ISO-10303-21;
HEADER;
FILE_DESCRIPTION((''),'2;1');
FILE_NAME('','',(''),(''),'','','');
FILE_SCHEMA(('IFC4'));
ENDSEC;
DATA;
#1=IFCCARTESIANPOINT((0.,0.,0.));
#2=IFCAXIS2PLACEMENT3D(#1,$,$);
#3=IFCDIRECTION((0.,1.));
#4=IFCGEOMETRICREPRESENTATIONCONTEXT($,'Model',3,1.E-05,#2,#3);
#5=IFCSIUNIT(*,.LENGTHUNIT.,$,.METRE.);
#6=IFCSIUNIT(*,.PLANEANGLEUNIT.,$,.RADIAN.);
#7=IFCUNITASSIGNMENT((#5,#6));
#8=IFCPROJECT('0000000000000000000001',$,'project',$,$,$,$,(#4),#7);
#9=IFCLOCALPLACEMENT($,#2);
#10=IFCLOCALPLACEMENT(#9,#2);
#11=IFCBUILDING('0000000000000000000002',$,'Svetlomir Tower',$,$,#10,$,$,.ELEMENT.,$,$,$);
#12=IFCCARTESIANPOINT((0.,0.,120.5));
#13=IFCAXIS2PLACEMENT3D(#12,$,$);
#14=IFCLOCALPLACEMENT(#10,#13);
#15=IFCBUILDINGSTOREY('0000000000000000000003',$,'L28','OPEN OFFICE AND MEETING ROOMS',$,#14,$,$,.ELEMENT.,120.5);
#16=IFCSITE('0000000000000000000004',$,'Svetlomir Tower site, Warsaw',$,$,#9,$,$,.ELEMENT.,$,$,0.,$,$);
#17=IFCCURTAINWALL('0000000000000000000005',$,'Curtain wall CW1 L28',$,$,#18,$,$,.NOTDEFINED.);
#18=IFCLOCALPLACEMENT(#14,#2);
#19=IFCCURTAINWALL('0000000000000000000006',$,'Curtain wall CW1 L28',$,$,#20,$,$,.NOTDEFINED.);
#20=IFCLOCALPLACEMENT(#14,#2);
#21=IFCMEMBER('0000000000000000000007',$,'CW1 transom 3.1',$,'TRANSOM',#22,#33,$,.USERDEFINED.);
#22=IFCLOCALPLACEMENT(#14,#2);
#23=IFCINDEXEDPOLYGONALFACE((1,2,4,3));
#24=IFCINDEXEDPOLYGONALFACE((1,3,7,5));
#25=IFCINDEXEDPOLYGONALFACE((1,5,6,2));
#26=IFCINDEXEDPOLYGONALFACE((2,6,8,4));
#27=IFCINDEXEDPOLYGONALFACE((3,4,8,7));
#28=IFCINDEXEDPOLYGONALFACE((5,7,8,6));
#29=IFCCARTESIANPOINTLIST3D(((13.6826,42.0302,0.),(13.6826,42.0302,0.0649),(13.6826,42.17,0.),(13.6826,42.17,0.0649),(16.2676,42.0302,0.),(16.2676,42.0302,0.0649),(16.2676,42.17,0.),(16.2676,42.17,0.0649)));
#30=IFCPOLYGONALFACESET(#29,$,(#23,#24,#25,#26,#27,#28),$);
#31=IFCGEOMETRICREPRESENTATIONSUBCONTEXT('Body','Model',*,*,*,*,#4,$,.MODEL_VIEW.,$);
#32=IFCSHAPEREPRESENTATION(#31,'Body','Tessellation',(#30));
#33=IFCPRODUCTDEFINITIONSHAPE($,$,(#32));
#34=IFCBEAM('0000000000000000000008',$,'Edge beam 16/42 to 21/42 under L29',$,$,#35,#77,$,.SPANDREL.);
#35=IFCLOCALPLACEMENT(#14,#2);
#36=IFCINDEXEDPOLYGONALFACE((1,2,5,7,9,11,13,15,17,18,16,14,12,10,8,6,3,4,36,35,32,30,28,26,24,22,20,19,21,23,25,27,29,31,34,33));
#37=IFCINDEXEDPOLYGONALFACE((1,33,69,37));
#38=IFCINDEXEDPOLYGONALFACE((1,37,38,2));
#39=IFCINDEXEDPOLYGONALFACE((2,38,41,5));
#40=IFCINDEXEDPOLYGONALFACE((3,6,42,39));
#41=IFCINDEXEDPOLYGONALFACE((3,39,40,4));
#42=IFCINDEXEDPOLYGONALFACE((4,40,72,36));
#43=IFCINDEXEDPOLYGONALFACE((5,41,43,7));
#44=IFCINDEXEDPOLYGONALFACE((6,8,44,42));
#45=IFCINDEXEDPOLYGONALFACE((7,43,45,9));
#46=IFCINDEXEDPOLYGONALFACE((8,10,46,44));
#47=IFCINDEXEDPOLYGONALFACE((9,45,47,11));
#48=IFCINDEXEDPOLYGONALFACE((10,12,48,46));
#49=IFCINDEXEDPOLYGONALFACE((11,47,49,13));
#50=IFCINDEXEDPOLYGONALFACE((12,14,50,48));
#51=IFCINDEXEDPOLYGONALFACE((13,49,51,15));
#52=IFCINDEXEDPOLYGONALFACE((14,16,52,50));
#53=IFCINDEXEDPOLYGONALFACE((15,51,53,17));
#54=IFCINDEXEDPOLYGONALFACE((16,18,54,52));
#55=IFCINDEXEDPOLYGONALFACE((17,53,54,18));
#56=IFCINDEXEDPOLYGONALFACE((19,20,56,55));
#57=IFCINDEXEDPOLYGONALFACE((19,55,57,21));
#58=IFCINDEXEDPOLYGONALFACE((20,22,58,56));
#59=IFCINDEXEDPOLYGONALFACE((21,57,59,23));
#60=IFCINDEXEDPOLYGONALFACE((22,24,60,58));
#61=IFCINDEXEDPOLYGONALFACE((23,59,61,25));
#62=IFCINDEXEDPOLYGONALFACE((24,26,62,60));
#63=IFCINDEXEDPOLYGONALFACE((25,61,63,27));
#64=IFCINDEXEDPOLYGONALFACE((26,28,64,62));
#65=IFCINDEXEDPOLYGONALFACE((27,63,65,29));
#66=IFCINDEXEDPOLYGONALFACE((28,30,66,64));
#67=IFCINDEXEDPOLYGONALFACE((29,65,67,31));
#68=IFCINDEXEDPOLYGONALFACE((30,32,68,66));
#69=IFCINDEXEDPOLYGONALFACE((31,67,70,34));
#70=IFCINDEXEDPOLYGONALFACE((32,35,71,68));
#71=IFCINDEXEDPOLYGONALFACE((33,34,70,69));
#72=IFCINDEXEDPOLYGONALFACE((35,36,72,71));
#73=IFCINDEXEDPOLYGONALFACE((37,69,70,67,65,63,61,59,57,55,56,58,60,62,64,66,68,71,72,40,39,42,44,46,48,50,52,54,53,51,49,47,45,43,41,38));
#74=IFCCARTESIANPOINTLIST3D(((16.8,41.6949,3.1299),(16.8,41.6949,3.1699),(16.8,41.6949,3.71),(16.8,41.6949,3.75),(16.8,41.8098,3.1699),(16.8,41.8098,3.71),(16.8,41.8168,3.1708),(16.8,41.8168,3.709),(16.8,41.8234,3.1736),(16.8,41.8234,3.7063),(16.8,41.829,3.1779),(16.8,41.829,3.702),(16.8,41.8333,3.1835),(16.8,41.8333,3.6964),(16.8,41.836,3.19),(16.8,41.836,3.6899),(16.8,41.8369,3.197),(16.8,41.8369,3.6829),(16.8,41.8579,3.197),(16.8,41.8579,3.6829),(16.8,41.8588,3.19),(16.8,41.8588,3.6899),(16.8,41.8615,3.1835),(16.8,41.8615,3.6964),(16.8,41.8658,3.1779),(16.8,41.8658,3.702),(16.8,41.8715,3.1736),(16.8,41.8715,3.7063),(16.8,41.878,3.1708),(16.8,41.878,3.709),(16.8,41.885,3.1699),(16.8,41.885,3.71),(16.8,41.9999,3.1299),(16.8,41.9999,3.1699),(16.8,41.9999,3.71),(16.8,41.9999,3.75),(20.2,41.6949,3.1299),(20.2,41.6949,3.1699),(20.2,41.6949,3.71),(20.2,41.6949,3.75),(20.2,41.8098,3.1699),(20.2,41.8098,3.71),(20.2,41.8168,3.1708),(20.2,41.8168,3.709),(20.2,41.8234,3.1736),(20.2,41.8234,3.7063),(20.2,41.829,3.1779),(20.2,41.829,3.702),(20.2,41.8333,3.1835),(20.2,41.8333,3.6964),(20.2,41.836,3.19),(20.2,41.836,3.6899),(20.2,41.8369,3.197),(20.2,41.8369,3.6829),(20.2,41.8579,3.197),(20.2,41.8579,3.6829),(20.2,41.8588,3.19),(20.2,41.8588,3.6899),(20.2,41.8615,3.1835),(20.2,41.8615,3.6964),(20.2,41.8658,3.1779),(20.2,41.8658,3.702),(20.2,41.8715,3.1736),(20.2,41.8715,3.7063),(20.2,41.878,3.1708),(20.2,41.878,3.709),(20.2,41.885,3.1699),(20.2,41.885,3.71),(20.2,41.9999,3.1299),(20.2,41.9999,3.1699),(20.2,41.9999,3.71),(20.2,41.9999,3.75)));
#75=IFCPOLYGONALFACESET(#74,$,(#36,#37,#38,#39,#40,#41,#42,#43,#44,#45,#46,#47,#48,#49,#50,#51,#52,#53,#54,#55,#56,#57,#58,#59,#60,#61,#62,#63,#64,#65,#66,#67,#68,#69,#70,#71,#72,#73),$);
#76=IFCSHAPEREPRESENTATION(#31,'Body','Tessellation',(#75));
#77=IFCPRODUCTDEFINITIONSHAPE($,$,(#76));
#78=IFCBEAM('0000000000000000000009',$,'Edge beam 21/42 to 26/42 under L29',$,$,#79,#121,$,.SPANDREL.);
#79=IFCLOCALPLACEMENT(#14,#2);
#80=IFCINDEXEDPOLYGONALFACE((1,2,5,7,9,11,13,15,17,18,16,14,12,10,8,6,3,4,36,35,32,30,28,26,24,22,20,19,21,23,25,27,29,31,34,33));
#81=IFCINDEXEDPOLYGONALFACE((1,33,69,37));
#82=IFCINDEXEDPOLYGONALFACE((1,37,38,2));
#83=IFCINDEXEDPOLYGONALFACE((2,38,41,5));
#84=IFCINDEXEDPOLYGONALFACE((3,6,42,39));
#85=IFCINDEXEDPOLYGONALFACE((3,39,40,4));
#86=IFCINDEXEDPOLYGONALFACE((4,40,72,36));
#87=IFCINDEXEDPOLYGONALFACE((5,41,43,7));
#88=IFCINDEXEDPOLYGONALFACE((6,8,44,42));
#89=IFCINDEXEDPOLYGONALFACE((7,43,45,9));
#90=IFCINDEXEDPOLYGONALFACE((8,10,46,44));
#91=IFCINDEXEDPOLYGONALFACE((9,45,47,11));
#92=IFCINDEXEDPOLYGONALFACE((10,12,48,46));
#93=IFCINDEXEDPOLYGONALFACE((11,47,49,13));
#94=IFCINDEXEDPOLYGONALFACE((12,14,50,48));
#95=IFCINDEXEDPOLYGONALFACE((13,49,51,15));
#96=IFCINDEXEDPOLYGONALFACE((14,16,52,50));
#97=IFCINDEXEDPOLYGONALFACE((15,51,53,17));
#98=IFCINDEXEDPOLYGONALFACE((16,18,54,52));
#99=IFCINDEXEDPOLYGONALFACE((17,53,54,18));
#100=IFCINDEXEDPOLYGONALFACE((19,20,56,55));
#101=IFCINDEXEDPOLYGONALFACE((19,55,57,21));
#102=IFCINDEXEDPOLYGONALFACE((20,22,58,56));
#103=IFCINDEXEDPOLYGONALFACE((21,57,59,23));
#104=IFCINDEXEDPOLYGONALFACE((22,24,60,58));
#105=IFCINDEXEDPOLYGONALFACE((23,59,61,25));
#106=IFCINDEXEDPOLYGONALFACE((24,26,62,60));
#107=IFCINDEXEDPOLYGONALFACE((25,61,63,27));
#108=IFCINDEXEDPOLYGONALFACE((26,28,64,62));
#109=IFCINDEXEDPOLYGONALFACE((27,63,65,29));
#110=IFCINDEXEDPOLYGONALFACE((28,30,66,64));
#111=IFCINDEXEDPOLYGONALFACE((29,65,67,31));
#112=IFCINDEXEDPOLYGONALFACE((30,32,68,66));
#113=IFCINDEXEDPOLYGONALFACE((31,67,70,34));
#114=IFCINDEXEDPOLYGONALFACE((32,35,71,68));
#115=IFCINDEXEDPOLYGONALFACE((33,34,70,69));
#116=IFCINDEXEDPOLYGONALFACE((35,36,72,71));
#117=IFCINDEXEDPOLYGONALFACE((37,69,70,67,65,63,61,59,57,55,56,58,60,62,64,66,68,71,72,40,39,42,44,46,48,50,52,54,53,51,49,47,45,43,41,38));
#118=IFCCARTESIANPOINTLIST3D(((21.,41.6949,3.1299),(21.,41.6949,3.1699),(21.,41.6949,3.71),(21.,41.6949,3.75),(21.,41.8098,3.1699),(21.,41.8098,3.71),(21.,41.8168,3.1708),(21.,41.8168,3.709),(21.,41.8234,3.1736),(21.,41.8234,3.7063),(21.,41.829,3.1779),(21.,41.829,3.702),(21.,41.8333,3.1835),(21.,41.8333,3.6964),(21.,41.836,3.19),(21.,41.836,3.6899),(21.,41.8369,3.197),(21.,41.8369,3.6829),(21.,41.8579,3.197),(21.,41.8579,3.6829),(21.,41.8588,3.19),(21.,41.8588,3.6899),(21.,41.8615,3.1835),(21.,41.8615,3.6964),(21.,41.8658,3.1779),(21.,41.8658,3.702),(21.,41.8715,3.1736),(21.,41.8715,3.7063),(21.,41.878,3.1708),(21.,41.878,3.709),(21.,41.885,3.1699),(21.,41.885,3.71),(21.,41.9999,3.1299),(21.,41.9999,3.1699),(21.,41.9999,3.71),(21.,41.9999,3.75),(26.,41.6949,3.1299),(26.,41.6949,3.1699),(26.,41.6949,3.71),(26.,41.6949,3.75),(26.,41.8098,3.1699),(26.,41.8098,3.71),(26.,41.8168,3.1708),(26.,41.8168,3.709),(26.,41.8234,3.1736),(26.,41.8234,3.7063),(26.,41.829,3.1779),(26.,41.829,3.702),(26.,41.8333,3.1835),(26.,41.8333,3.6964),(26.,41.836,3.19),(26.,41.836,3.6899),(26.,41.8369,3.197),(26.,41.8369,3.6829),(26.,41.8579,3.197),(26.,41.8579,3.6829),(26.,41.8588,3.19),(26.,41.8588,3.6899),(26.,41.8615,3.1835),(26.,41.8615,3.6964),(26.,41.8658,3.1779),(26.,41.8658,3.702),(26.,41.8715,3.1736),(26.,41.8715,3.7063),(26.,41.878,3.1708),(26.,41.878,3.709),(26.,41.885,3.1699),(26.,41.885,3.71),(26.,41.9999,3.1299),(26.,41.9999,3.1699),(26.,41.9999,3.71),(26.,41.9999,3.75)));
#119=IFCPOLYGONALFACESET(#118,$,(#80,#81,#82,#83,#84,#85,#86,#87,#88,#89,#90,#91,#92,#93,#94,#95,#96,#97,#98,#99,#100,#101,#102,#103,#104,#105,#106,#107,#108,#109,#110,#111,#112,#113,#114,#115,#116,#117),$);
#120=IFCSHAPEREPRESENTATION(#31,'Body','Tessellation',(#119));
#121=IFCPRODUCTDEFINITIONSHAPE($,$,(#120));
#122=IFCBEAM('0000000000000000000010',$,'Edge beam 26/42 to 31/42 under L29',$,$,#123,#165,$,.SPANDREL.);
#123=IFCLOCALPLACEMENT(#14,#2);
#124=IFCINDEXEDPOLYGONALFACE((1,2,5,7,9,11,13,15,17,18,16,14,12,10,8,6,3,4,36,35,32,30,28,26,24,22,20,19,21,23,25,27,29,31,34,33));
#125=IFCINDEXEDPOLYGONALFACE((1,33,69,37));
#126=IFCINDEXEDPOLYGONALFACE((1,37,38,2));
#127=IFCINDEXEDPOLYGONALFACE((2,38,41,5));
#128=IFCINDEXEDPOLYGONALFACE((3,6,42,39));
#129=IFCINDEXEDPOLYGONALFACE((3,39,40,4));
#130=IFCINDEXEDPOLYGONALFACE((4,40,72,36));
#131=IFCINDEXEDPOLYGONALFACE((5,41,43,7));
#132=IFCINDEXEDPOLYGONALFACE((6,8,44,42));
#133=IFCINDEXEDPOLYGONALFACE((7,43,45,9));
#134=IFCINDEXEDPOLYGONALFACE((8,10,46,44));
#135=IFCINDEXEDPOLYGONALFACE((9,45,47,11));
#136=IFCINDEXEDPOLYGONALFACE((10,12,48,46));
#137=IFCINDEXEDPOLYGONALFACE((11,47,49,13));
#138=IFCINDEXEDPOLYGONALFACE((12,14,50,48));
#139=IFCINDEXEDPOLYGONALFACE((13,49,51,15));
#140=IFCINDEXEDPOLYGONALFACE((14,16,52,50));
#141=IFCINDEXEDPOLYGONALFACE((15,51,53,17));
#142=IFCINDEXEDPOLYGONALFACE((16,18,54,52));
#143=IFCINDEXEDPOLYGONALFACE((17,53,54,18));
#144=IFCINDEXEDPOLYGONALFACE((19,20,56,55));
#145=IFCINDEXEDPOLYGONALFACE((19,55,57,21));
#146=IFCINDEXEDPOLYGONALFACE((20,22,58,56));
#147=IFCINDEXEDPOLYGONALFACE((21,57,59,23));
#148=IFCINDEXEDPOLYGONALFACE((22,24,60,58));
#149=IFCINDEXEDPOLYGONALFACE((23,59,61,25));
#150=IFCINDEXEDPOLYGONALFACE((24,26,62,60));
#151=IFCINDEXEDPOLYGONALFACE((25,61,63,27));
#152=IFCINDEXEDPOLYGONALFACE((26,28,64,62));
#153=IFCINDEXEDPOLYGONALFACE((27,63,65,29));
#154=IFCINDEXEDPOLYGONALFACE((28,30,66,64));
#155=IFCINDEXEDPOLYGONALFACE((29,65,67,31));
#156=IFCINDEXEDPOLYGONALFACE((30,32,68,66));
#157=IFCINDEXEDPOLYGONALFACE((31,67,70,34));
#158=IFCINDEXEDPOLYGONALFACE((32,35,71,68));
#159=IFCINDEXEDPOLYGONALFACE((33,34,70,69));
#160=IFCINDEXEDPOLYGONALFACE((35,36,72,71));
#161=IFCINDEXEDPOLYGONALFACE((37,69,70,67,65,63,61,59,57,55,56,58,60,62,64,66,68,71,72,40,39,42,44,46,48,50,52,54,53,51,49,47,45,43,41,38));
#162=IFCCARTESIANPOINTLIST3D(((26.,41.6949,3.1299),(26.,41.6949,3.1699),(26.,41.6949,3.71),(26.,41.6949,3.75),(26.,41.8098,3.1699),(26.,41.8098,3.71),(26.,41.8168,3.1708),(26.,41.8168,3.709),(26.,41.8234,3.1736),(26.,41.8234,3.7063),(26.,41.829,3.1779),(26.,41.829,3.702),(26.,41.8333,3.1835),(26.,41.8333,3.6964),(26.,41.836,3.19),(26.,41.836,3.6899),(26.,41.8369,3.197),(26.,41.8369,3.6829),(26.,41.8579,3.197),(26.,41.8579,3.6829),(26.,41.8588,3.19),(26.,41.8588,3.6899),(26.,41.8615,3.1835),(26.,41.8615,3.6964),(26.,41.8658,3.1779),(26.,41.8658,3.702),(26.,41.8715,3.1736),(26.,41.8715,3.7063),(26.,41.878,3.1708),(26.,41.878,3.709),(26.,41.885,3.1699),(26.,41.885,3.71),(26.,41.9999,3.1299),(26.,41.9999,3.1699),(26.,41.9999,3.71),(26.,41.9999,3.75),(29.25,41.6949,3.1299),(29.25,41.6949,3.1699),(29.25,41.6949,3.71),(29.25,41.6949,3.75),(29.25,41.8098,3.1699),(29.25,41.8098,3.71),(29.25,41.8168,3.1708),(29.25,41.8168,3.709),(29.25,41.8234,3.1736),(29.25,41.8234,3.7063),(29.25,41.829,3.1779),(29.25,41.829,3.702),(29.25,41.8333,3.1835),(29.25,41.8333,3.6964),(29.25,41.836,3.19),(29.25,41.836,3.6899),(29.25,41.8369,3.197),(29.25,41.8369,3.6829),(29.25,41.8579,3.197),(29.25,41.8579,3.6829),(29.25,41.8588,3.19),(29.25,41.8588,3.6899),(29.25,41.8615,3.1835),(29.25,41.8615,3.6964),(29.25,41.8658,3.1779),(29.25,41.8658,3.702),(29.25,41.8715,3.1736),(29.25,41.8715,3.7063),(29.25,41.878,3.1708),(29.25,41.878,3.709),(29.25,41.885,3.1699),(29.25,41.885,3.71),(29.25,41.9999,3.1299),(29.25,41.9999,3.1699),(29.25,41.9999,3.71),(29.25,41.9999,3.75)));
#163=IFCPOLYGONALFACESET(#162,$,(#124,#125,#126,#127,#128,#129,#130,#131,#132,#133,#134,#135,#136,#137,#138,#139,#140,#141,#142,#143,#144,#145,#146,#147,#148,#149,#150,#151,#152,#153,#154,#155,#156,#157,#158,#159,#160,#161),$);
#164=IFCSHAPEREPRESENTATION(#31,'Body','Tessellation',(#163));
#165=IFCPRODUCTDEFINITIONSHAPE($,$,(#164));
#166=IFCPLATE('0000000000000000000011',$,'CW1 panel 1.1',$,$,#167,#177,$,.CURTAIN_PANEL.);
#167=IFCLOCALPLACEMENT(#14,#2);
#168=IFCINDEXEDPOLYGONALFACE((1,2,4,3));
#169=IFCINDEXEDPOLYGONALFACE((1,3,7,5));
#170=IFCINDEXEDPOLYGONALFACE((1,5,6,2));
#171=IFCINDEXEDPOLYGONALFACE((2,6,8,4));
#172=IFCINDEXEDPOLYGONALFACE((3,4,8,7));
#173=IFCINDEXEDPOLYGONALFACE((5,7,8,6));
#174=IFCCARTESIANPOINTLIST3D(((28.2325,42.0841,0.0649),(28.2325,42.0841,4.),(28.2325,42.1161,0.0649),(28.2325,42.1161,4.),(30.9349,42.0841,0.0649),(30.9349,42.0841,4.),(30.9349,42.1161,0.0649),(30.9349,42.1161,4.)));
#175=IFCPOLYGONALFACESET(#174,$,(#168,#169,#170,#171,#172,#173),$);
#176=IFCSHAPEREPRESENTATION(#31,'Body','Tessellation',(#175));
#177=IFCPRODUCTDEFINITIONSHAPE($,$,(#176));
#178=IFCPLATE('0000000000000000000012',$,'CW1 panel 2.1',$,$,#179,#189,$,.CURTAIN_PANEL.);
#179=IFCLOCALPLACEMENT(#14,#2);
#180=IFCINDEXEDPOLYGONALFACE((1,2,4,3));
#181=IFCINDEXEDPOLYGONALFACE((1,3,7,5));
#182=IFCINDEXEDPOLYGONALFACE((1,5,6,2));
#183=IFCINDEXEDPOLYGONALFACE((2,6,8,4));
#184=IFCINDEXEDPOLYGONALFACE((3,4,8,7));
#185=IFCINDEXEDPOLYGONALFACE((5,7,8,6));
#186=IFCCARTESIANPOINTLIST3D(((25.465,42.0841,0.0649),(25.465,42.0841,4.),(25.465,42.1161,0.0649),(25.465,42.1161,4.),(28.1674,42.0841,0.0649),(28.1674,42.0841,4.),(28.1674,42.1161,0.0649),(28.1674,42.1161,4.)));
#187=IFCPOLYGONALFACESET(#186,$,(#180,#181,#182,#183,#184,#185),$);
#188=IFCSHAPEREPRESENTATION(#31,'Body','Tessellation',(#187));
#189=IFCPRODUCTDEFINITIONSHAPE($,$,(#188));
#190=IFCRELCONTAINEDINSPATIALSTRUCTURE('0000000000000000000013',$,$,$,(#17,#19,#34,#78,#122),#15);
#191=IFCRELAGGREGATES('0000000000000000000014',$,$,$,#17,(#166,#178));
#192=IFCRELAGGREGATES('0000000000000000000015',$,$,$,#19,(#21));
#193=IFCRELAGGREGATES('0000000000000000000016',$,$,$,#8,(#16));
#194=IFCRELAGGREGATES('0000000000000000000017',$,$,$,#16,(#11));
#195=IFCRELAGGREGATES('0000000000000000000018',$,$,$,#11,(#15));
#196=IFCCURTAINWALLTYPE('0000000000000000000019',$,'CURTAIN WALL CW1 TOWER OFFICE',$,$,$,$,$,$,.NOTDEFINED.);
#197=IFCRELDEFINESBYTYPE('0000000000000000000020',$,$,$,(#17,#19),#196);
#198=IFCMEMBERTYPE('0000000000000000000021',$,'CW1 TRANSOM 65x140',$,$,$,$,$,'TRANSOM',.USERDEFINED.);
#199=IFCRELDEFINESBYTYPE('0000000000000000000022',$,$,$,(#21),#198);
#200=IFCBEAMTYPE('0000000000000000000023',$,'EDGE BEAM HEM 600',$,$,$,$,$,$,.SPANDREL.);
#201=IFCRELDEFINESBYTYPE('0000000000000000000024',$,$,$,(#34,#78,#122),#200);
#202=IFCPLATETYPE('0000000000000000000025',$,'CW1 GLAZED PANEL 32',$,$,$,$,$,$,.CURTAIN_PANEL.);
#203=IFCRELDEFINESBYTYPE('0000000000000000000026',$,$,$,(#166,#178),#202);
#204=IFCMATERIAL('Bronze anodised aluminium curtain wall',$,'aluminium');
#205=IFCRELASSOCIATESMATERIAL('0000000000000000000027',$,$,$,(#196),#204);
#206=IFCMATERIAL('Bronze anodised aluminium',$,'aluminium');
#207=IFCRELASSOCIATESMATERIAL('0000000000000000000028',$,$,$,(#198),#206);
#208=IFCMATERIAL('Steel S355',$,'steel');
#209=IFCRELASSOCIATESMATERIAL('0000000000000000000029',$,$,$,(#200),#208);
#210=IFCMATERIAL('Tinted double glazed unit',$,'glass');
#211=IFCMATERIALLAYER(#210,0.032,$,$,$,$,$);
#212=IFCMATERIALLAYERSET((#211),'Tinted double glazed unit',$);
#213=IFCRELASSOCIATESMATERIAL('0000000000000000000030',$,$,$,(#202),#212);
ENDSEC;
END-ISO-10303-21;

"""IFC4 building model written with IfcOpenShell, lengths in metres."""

from ifc_helpers import new_model, si_unit, direction, frame, origin, origin_2d, place, context, subcontext, project, spatial, rectangle, i_section, extrude, material, layer, layer_set, material_profile, profile_set, type_object, element, aggregate, save


model = new_model("IFC4")

# Units and contexts
model_context = context("Model", 3, precision=1e-05, world=origin(), true_north=direction((0.0, 1.0)))
body_context = subcontext(model_context, "Body", "Model", "MODEL_VIEW")
ifc_project = project(units=[si_unit("LENGTHUNIT", "METRE"), si_unit("PLANEANGLEUNIT", "RADIAN")], contexts=[model_context])

# Site, building, storey
site_placement = place(None, origin())
site = spatial("IfcSite", under=ifc_project, at=site_placement, Name="Svetlomir Tower site, Warsaw", CompositionType="ELEMENT", RefElevation=0.0)
building_placement = place(site_placement, origin())
building = spatial("IfcBuilding", under=site, at=building_placement, Name="Svetlomir Tower", CompositionType="ELEMENT")
storey_placement = place(building_placement, frame((0.0, 0.0, 120.5)))
storey = spatial("IfcBuildingStorey", under=building, at=storey_placement, Name="L28", Description="OPEN OFFICE AND MEETING ROOMS", CompositionType="ELEMENT", Elevation=120.5)

# Curtain walls
ifc_material_1 = material(Name="Bronze anodised aluminium curtain wall", Category="aluminium")
curtain_wall_type = type_object("IfcCurtainWallType", Name="CURTAIN WALL CW1 TOWER OFFICE", PredefinedType="NOTDEFINED", material=ifc_material_1)
curtain_wall_1_placement = place(storey_placement, origin())
curtain_wall_1 = element("IfcCurtainWall", 1, at=curtain_wall_1_placement, inside=storey, type_object=curtain_wall_type, Name="Curtain wall CW1 L28", PredefinedType="NOTDEFINED")
curtain_wall_2_placement = place(storey_placement, origin())
curtain_wall_2 = element("IfcCurtainWall", 2, at=curtain_wall_2_placement, inside=storey, type_object=curtain_wall_type, Name="Curtain wall CW1 L28", PredefinedType="NOTDEFINED")

# Member
ifc_material_2 = material(Name="Bronze anodised aluminium", Category="aluminium")
ifc_material_profile_1 = material_profile(ifc_material_2, rectangle(XDim=0.1399, YDim=0.0649, at=origin_2d()), Name="AL 140x65")
ifc_profile_set_1 = profile_set([ifc_material_profile_1], Name="Bronze anodised aluminium 6063-T6")
member_type_1 = type_object("IfcMemberType", Name="CW1 TRANSOM 65x140", ElementType="TRANSOM", PredefinedType="USERDEFINED", material=ifc_profile_set_1)
member_1_placement = place(storey_placement, frame((16.2676, 42.1001, 0.0325), z_axis=(-1.0, 0.0, 0.0), x_axis=(0.0, -1.0, 0.0)))
member_1 = element("IfcMember", 3, at=member_1_placement, type_object=member_type_1, Name="CW1 transom 3.1", ObjectType="TRANSOM", PredefinedType="USERDEFINED", context=body_context, shape_type="SweptSolid", body=[
    extrude(rectangle(XDim=0.1399, YDim=0.0649, at=origin_2d()), origin(), (0.0, 0.0, 1.0), 2.585),
])

# Beams
ifc_material_3 = material(Name="Steel S355", Category="steel")
ifc_material_profile_2 = material_profile(ifc_material_3, i_section(OverallWidth=0.3049, OverallDepth=0.6201, WebThickness=0.021, FlangeThickness=0.04, FilletRadius=0.0271, at=origin_2d()), Name="HEM 600")
ifc_profile_set_2 = profile_set([ifc_material_profile_2], Name="Steel S355")
beam_type_1 = type_object("IfcBeamType", Name="EDGE BEAM HEM 600", PredefinedType="SPANDREL", material=ifc_profile_set_2)
beam_1_placement = place(storey_placement, frame((16.8, 41.8474, 3.4399), z_axis=(1.0, 0.0, 0.0), x_axis=(0.0, 1.0, 0.0)))
element("IfcBeam", 4, at=beam_1_placement, inside=storey, type_object=beam_type_1, Name="Edge beam 16/42 to 21/42 under L29", PredefinedType="SPANDREL", context=body_context, shape_type="SweptSolid", body=[
    extrude(i_section(OverallWidth=0.3049, OverallDepth=0.6201, WebThickness=0.021, FlangeThickness=0.04, FilletRadius=0.0271, at=origin_2d()), origin(), (0.0, 0.0, 1.0), 3.3999),
])
beam_2_placement = place(storey_placement, frame((21.0, 41.8474, 3.4399), z_axis=(1.0, 0.0, 0.0), x_axis=(0.0, 1.0, 0.0)))
element("IfcBeam", 5, at=beam_2_placement, inside=storey, type_object=beam_type_1, Name="Edge beam 21/42 to 26/42 under L29", PredefinedType="SPANDREL", context=body_context, shape_type="SweptSolid", body=[
    extrude(i_section(OverallWidth=0.3049, OverallDepth=0.6201, WebThickness=0.021, FlangeThickness=0.04, FilletRadius=0.0271, at=origin_2d()), origin(), (0.0, 0.0, 1.0), 5.0),
])
beam_3_placement = place(storey_placement, frame((26.0, 41.8474, 3.4399), z_axis=(1.0, 0.0, 0.0), x_axis=(0.0, 1.0, 0.0)))
element("IfcBeam", 6, at=beam_3_placement, inside=storey, type_object=beam_type_1, Name="Edge beam 26/42 to 31/42 under L29", PredefinedType="SPANDREL", context=body_context, shape_type="SweptSolid", body=[
    extrude(i_section(OverallWidth=0.3049, OverallDepth=0.6201, WebThickness=0.021, FlangeThickness=0.04, FilletRadius=0.0271, at=origin_2d()), origin(), (0.0, 0.0, 1.0), 3.25),
])

# Plates
ifc_material_4 = material(Name="Tinted double glazed unit", Category="glass")
ifc_layer_1 = layer(ifc_material_4, 0.032)
ifc_layer_set_1 = layer_set([ifc_layer_1], Name="Tinted double glazed unit")
plate_type = type_object("IfcPlateType", Name="CW1 GLAZED PANEL 32", PredefinedType="CURTAIN_PANEL", material=ifc_layer_set_1)
plate_1_placement = place(storey_placement, frame((29.5837, 42.1001, 0.0649), z_axis=(0.0, 0.0, 1.0), x_axis=(-1.0, 0.0, 0.0)))
plate_1 = element("IfcPlate", 7, at=plate_1_placement, type_object=plate_type, Name="CW1 panel 1.1", PredefinedType="CURTAIN_PANEL", context=body_context, shape_type="SweptSolid", body=[
    extrude(rectangle(XDim=2.7024, YDim=0.032, at=origin_2d()), origin(), (0.0, 0.0, 1.0), 3.9351),
])
plate_2_placement = place(storey_placement, frame((26.8162, 42.1001, 0.0649), z_axis=(0.0, 0.0, 1.0), x_axis=(-1.0, 0.0, 0.0)))
plate_2 = element("IfcPlate", 8, at=plate_2_placement, type_object=plate_type, Name="CW1 panel 2.1", PredefinedType="CURTAIN_PANEL", context=body_context, shape_type="SweptSolid", body=[
    extrude(rectangle(XDim=2.7024, YDim=0.032, at=origin_2d()), origin(), (0.0, 0.0, 1.0), 3.9351),
])
aggregate(curtain_wall_1, [plate_1, plate_2])
aggregate(curtain_wall_2, [member_1])

save(model, "model.ifc")
